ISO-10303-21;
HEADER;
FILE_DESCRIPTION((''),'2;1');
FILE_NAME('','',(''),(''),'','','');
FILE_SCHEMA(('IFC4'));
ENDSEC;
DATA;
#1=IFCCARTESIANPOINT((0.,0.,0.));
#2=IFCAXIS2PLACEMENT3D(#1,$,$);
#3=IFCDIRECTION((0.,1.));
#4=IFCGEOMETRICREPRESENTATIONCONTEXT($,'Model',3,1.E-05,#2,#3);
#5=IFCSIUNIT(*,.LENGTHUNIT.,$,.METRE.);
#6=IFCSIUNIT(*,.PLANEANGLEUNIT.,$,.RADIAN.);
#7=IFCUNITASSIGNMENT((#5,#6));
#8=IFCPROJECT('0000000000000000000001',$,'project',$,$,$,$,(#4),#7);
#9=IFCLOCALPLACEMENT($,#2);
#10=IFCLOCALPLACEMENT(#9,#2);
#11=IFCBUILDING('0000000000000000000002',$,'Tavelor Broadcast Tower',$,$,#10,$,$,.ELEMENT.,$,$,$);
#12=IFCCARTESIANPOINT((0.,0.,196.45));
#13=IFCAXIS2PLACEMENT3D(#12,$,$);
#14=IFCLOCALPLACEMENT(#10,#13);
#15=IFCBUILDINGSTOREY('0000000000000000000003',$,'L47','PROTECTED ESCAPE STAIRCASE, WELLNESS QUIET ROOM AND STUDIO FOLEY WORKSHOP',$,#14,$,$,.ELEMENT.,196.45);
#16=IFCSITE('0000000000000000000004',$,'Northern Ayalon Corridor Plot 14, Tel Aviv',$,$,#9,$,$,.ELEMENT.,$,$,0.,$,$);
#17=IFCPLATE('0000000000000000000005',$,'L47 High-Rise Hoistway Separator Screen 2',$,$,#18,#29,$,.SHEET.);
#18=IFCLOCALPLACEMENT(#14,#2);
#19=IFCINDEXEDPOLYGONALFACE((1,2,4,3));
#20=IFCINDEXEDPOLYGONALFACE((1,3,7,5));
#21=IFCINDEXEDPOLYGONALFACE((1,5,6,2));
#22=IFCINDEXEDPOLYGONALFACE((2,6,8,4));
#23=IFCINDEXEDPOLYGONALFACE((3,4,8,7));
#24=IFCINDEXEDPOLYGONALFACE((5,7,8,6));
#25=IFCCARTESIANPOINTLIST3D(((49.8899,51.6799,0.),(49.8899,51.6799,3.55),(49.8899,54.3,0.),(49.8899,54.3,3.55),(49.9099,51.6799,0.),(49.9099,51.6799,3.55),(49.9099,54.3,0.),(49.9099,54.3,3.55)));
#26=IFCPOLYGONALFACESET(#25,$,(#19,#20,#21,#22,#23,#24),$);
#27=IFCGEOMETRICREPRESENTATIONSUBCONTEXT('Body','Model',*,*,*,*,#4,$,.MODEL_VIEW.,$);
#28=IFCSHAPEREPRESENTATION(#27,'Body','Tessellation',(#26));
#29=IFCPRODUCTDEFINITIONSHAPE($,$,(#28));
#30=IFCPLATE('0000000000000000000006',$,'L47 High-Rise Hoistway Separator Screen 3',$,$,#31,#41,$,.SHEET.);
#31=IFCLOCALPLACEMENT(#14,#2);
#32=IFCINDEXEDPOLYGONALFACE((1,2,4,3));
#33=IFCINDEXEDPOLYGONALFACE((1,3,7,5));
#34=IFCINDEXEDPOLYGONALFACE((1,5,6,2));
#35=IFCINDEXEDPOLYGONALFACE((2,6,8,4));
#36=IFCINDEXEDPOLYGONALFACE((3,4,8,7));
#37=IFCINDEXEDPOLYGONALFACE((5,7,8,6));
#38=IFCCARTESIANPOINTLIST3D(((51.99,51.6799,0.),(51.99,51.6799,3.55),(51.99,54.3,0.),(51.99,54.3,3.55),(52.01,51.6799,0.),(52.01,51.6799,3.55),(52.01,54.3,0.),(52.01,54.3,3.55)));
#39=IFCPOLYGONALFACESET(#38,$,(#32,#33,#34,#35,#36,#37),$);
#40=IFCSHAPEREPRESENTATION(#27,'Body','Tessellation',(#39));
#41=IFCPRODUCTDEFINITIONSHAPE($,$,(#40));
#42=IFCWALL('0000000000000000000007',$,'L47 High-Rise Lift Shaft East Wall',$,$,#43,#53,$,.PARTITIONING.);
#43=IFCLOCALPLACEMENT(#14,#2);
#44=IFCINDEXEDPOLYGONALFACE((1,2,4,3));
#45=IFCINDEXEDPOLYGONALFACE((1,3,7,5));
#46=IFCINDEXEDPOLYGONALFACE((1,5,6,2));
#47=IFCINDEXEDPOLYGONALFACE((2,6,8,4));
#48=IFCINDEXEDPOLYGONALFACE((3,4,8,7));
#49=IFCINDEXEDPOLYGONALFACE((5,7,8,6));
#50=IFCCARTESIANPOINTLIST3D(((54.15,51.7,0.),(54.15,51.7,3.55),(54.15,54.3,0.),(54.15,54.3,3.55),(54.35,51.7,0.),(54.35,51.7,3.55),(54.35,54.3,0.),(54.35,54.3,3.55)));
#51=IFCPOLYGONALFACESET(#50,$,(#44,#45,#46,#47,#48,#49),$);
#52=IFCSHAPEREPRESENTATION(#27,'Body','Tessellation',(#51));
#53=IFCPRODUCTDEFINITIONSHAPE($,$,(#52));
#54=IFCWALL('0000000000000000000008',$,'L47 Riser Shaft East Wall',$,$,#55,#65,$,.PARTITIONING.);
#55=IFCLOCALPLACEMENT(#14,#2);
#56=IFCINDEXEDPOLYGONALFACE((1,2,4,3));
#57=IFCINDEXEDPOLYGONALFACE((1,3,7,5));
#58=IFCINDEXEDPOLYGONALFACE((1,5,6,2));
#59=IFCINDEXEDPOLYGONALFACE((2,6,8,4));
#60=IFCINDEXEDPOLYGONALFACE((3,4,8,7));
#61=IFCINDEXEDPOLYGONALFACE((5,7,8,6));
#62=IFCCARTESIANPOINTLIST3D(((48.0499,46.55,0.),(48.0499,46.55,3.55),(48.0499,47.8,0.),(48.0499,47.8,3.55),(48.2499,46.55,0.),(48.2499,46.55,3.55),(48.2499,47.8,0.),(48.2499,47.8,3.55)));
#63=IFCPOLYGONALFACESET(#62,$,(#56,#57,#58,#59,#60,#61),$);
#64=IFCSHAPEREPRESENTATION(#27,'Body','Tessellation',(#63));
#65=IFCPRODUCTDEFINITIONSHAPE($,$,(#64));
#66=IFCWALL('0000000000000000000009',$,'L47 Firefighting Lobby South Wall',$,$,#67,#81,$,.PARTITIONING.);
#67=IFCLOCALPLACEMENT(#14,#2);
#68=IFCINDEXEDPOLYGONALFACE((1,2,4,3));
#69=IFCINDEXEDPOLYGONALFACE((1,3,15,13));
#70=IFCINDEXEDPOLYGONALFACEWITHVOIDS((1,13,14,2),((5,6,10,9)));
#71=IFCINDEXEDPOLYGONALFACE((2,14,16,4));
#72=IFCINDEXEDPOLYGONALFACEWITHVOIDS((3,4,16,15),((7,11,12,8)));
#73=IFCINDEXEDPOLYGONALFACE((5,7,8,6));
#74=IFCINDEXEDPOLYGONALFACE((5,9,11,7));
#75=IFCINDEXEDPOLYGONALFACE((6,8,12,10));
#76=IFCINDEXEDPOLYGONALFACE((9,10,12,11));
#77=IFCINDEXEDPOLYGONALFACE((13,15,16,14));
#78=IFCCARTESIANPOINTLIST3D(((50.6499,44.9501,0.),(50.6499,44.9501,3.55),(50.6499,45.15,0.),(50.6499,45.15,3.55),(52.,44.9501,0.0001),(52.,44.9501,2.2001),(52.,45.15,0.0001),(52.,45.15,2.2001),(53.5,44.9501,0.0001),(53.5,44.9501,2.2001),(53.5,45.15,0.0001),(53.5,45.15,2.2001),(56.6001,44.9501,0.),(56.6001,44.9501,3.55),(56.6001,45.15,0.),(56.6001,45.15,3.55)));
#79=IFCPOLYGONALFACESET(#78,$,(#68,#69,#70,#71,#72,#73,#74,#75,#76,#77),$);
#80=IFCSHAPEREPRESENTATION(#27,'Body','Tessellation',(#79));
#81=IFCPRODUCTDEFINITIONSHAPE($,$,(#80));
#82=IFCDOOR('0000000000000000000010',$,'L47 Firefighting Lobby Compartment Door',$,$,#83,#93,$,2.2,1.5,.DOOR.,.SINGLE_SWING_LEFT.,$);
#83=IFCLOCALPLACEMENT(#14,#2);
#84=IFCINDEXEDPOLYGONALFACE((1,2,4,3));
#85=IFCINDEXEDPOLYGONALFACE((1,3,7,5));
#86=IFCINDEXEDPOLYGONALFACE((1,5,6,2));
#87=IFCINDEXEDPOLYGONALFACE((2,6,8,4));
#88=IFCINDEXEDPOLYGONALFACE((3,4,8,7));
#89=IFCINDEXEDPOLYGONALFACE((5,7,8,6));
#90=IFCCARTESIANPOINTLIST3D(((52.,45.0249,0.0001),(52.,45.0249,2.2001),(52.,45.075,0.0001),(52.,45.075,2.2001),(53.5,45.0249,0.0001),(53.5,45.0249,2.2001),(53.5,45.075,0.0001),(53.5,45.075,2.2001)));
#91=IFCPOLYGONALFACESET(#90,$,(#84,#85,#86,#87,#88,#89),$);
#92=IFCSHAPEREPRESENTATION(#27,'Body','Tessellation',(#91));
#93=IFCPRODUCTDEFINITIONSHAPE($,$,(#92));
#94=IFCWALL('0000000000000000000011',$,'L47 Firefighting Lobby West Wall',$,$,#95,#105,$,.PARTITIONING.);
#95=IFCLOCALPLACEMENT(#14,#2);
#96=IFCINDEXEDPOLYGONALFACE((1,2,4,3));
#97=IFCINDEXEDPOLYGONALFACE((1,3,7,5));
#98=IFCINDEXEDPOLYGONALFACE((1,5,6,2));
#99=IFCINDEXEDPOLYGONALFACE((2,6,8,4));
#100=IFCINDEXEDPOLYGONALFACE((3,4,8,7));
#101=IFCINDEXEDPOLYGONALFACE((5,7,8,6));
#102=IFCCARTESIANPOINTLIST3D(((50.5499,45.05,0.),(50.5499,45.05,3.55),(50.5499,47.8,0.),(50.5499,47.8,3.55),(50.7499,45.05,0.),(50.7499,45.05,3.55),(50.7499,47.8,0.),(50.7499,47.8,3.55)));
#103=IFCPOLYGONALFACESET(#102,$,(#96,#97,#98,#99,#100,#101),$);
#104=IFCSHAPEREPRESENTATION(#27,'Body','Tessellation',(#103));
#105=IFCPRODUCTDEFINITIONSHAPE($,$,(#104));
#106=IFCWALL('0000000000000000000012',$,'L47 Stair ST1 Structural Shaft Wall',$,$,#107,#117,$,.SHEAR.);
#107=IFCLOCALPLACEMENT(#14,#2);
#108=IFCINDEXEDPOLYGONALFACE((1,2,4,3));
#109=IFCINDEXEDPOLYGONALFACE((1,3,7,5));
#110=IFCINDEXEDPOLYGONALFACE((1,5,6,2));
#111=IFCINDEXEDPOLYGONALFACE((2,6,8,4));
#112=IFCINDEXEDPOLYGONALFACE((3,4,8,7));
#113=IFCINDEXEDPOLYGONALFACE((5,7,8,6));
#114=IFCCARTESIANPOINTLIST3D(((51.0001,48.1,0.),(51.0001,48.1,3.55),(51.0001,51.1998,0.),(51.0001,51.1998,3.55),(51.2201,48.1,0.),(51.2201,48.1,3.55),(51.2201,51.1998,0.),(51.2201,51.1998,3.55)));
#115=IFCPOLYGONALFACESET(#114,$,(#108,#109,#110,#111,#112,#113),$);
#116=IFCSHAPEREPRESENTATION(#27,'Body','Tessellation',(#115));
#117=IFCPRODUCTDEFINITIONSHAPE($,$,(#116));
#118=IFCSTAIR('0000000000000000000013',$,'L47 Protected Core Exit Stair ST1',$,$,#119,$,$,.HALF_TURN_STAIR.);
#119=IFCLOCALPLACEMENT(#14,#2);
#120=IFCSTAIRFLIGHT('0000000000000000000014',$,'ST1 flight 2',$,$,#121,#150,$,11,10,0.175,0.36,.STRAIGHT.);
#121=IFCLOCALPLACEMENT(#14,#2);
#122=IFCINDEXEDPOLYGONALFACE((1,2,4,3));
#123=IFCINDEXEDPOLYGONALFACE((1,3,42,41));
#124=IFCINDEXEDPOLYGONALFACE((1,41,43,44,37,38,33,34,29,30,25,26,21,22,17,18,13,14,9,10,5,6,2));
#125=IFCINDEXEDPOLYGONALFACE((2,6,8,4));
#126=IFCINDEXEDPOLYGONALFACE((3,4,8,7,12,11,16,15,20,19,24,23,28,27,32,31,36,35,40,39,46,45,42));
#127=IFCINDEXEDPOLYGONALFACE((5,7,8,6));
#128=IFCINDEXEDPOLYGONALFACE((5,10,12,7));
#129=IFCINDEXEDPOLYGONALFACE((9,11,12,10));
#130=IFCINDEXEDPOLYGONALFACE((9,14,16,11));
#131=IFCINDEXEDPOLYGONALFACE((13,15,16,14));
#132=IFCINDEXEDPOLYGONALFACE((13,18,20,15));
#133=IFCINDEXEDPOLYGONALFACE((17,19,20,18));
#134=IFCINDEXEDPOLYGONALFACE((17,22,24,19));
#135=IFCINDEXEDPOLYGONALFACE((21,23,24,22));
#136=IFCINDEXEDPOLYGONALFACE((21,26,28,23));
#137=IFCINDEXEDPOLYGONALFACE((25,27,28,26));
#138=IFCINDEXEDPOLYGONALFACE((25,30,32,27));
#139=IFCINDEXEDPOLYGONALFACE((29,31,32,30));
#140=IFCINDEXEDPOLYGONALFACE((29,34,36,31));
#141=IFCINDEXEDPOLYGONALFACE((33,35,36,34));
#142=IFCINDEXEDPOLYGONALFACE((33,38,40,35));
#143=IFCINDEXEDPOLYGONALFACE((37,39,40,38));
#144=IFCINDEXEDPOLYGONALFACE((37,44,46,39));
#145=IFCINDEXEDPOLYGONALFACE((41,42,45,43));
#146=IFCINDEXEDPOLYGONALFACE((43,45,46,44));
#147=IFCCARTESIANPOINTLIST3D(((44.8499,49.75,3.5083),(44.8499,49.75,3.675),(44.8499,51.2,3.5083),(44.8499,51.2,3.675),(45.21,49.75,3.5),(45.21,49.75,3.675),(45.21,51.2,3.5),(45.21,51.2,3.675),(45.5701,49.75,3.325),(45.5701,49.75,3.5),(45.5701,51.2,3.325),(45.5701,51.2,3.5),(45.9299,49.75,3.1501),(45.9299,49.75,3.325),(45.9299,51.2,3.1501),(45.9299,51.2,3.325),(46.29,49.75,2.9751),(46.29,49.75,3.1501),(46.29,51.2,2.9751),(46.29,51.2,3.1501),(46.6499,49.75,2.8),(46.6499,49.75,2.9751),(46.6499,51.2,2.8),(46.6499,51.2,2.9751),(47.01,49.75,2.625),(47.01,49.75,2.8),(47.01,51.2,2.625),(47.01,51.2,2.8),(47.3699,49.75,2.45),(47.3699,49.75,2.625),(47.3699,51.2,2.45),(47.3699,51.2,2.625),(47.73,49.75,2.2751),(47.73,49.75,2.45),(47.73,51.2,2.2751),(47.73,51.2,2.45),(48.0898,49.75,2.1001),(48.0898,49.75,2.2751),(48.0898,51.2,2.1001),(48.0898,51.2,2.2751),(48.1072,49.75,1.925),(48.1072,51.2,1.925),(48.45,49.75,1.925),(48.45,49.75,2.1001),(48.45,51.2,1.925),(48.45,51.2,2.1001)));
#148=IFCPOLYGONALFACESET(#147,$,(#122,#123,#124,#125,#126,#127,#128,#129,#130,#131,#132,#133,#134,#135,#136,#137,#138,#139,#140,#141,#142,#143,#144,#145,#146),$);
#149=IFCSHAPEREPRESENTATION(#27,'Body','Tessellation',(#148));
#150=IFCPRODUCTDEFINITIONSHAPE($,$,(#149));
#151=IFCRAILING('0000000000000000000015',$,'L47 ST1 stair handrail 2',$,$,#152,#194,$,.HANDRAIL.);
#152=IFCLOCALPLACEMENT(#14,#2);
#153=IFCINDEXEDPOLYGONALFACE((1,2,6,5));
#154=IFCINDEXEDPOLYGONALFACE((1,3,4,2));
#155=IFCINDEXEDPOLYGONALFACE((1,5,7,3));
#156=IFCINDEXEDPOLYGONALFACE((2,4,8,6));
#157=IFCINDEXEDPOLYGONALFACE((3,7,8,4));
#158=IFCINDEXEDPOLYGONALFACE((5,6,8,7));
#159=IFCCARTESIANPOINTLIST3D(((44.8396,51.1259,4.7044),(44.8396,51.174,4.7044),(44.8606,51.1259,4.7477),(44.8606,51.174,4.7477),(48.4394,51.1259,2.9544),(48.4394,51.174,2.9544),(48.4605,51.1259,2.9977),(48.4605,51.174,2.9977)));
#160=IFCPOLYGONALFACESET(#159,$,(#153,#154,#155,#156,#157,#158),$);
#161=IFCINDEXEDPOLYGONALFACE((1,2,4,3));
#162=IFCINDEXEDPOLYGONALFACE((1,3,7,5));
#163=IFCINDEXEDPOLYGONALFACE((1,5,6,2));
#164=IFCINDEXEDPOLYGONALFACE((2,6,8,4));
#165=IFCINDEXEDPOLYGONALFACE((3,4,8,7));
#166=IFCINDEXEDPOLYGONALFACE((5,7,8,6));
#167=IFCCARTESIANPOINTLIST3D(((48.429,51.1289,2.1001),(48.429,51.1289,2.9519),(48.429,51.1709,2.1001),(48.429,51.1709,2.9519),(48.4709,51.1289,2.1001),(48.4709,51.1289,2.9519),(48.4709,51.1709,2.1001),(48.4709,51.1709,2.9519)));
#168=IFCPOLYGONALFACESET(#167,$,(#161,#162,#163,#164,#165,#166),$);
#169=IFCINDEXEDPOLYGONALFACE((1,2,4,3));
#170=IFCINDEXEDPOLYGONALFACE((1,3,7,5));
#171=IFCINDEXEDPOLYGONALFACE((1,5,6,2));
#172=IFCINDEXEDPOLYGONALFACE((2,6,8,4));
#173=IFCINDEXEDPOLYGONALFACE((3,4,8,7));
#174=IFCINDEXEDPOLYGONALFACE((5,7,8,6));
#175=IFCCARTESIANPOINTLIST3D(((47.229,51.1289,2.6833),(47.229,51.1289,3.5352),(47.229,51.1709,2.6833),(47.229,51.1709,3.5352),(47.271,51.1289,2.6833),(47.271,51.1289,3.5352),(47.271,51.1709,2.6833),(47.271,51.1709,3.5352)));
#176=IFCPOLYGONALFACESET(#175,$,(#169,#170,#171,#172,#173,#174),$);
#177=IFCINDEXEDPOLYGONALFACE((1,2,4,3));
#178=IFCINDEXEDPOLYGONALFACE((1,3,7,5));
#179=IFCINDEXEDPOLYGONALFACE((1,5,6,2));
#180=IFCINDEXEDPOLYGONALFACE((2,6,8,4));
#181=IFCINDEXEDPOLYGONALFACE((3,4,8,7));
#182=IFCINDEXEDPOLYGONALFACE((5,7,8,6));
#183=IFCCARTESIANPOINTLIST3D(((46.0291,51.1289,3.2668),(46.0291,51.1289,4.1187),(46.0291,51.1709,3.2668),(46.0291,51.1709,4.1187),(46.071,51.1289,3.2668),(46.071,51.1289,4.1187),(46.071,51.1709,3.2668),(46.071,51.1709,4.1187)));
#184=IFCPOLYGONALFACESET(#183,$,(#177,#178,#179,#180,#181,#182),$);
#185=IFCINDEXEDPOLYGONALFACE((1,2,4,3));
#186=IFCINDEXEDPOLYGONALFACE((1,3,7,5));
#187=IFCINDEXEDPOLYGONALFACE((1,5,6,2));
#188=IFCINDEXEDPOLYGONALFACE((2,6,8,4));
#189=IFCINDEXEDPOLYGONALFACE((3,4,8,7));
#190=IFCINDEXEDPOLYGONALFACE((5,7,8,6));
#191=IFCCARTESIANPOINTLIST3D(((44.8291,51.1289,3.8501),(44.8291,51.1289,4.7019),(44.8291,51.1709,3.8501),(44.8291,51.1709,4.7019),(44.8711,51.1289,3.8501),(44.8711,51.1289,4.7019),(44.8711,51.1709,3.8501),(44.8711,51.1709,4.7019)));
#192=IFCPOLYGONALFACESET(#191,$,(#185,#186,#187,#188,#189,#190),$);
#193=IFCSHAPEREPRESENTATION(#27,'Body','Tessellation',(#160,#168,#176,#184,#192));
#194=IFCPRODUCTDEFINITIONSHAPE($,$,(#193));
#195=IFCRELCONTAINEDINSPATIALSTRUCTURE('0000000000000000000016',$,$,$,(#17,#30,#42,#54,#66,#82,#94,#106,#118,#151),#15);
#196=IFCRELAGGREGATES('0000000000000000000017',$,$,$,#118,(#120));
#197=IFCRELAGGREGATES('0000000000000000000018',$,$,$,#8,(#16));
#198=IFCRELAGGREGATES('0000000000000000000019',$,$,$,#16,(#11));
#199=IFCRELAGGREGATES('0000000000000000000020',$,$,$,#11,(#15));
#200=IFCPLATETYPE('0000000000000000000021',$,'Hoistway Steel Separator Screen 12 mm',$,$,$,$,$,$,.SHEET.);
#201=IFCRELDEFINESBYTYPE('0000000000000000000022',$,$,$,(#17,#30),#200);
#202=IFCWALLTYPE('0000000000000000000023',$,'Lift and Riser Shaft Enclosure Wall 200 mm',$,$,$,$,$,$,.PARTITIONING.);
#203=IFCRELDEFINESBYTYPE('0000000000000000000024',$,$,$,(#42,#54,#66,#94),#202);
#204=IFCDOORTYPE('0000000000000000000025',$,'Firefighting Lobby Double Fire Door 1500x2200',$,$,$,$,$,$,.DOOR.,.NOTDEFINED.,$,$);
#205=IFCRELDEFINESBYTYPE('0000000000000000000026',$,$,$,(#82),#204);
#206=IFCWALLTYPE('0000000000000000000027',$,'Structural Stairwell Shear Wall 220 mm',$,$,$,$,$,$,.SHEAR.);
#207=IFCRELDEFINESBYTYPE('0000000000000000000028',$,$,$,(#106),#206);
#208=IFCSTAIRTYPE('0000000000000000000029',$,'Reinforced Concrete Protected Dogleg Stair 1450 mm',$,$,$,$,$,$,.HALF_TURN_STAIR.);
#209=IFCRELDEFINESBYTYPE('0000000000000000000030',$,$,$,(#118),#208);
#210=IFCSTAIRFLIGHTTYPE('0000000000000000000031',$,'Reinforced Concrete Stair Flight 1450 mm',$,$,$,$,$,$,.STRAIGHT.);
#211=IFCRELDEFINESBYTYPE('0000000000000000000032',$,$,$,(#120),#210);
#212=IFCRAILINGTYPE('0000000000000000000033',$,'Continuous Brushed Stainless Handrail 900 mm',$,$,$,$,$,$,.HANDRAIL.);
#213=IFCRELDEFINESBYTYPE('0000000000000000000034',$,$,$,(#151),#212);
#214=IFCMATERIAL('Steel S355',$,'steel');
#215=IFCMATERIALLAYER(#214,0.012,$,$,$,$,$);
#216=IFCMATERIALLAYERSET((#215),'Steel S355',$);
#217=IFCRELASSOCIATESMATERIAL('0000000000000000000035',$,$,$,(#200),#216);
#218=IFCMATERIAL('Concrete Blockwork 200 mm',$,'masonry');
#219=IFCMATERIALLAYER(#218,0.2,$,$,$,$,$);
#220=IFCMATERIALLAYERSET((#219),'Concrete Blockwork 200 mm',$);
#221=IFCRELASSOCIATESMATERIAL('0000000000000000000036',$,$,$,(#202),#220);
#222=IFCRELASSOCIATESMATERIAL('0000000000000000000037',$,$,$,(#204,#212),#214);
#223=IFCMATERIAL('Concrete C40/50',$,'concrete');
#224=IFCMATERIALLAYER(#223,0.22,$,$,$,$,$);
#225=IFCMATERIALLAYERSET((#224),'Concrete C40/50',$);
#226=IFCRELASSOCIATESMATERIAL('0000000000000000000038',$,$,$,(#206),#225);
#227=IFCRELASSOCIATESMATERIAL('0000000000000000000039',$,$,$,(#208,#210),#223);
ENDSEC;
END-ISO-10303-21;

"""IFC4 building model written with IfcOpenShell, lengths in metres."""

from ifc_helpers import new_model, si_unit, direction, frame, frame_2d, origin, origin_2d, place, context, subcontext, project, spatial, polyline, rectangle, outline, extrude, source, transform, mapped, material, layer, layer_set, type_object, type_shapes, element, fill, aggregate, save


model = new_model("IFC4")

# Units and contexts
model_context = context("Model", 3, precision=1e-05, world=origin(), true_north=direction((0.0, 1.0)))
body_context = subcontext(model_context, "Body", "Model", "MODEL_VIEW")
ifc_project = project(units=[si_unit("LENGTHUNIT", "METRE"), si_unit("PLANEANGLEUNIT", "RADIAN")], contexts=[model_context])

# Site, building, storey
site_placement = place(None, origin())
site = spatial("IfcSite", under=ifc_project, at=site_placement, Name="Northern Ayalon Corridor Plot 14, Tel Aviv", CompositionType="ELEMENT", RefElevation=0.0)
building_placement = place(site_placement, origin())
building = spatial("IfcBuilding", under=site, at=building_placement, Name="Tavelor Broadcast Tower", CompositionType="ELEMENT")
storey_placement = place(building_placement, frame((0.0, 0.0, 196.45)))
storey = spatial("IfcBuildingStorey", under=building, at=storey_placement, Name="L47", Description="PROTECTED ESCAPE STAIRCASE, WELLNESS QUIET ROOM AND STUDIO FOLEY WORKSHOP", CompositionType="ELEMENT", Elevation=196.45)

# Shared definitions
ifc_material_1 = material(Name="Concrete C40/50", Category="concrete")
ifc_material_2 = material(Name="Steel S355", Category="steel")

# Plates
ifc_layer_1 = layer(ifc_material_2, 0.012)
ifc_layer_set_1 = layer_set([ifc_layer_1], Name="Steel S355")
plate_type = type_object("IfcPlateType", Name="Hoistway Steel Separator Screen 12 mm", PredefinedType="SHEET", material=ifc_layer_set_1)
shared_shape = source(origin(), body_context, "Body", "SweptSolid", [
    extrude(rectangle(XDim=0.02, YDim=2.6201, at=origin_2d()), origin(), (0.0, 0.0, 1.0), 3.55),
])
type_shapes(plate_type, [shared_shape])
for number, where, z_axis, x_axis, name in (
    (1, (49.8999, 52.99, 0.0), (0.0, 0.0, 1.0), (1.0, 0.0, 0.0), "L47 High-Rise Hoistway Separator Screen 2"),
    (2, (52.0, 52.99, 0.0), (0.0, 0.0, 1.0), (1.0, 0.0, 0.0), "L47 High-Rise Hoistway Separator Screen 3"),
):
    element("IfcPlate", number, at=place(storey_placement, frame(where, z_axis=z_axis, x_axis=x_axis)), inside=storey, type_object=plate_type, Name=name, PredefinedType="SHEET", context=body_context, shape_type="MappedRepresentation", body=[
        mapped(shared_shape, transform((0.0, 0.0, 0.0), scale=1.0)),
    ])

# Walls
ifc_material_3 = material(Name="Concrete Blockwork 200 mm", Category="masonry")
ifc_layer_2 = layer(ifc_material_3, 0.2)
ifc_layer_set_2 = layer_set([ifc_layer_2], Name="Concrete Blockwork 200 mm")
wall_type_1 = type_object("IfcWallType", Name="Lift and Riser Shaft Enclosure Wall 200 mm", PredefinedType="PARTITIONING", material=ifc_layer_set_2)
wall_1_placement = place(storey_placement, frame((54.25, 51.7, 0.0), z_axis=(0.0, 0.0, 1.0), x_axis=(0.0, 1.0, 0.0)))
element("IfcWall", 3, at=wall_1_placement, inside=storey, type_object=wall_type_1, Name="L47 High-Rise Lift Shaft East Wall", PredefinedType="PARTITIONING", context=body_context, shape_type="SweptSolid", body=[
    extrude(rectangle(XDim=2.6001, YDim=0.2, at=frame_2d((1.3, 0.0))), origin(), (0.0, 0.0, 1.0), 3.55),
])
wall_2_placement = place(storey_placement, frame((48.1499, 46.55, 0.0), z_axis=(0.0, 0.0, 1.0), x_axis=(0.0, 1.0, 0.0)))
element("IfcWall", 4, at=wall_2_placement, inside=storey, type_object=wall_type_1, Name="L47 Riser Shaft East Wall", PredefinedType="PARTITIONING", context=body_context, shape_type="SweptSolid", body=[
    extrude(rectangle(XDim=1.25, YDim=0.2, at=frame_2d((0.625, 0.0))), origin(), (0.0, 0.0, 1.0), 3.55),
])

# Wall, opening, door
wall_3_placement = place(storey_placement, frame((50.6499, 45.05, 0.0), z_axis=(0.0, 0.0, 1.0), x_axis=(1.0, 0.0, 0.0)))
wall_3 = element("IfcWall", 5, at=wall_3_placement, inside=storey, type_object=wall_type_1, Name="L47 Firefighting Lobby South Wall", PredefinedType="PARTITIONING", context=body_context, shape_type="SweptSolid", body=[
    extrude(rectangle(XDim=5.9502, YDim=0.2, at=frame_2d((2.9751, 0.0))), origin(), (0.0, 0.0, 1.0), 3.55),
])
opening_placement = place(wall_3_placement, frame((1.3501, 0.0, 0.0)))
opening = element("IfcOpeningElement", 6, at=opening_placement, cuts=wall_3, PredefinedType="OPENING", context=body_context, shape_type="SweptSolid", body=[
    extrude(rectangle(XDim=1.5, YDim=2.2, at=frame_2d((0.75, 1.1001))), frame((0.0, 0.1099, 0.0), z_axis=(0.0, -1.0, 0.0), x_axis=(1.0, 0.0, 0.0)), (0.0, 0.0, 1.0), 0.22),
])
door_type = type_object("IfcDoorType", Name="Firefighting Lobby Double Fire Door 1500x2200", OperationType="NOTDEFINED", PredefinedType="DOOR", material=ifc_material_2)
door_placement = place(opening_placement, origin())
door = element("IfcDoor", 7, at=door_placement, inside=storey, type_object=door_type, Name="L47 Firefighting Lobby Compartment Door", OperationType="SINGLE_SWING_LEFT", OverallHeight=2.2, OverallWidth=1.5, PredefinedType="DOOR", context=body_context, shape_type="SweptSolid", body=[
    extrude(rectangle(XDim=1.5, YDim=2.2, at=frame_2d((0.75, 1.1001))), frame((0.0, 0.0249, 0.0), z_axis=(0.0, -1.0, 0.0), x_axis=(1.0, 0.0, 0.0)), (0.0, 0.0, 1.0), 0.05),
])
fill(opening, door)

# Walls
wall_4_placement = place(storey_placement, frame((50.6499, 45.05, 0.0), z_axis=(0.0, 0.0, 1.0), x_axis=(0.0, 1.0, 0.0)))
element("IfcWall", 8, at=wall_4_placement, inside=storey, type_object=wall_type_1, Name="L47 Firefighting Lobby West Wall", PredefinedType="PARTITIONING", context=body_context, shape_type="SweptSolid", body=[
    extrude(rectangle(XDim=2.75, YDim=0.2, at=frame_2d((1.375, 0.0))), origin(), (0.0, 0.0, 1.0), 3.55),
])
ifc_layer_3 = layer(ifc_material_1, 0.22)
ifc_layer_set_3 = layer_set([ifc_layer_3], Name="Concrete C40/50")
wall_type_2 = type_object("IfcWallType", Name="Structural Stairwell Shear Wall 220 mm", PredefinedType="SHEAR", material=ifc_layer_set_3)
wall_5_placement = place(storey_placement, frame((51.1101, 48.1001, 0.0), z_axis=(0.0, 0.0, 1.0), x_axis=(0.0, 1.0, 0.0)))
element("IfcWall", 9, at=wall_5_placement, inside=storey, type_object=wall_type_2, Name="L47 Stair ST1 Structural Shaft Wall", PredefinedType="SHEAR", context=body_context, shape_type="SweptSolid", body=[
    extrude(rectangle(XDim=3.0999, YDim=0.22, at=frame_2d((1.5498, 0.0))), origin(), (0.0, 0.0, 1.0), 3.55),
])

# Stair, stair flight
stair_type = type_object("IfcStairType", Name="Reinforced Concrete Protected Dogleg Stair 1450 mm", PredefinedType="HALF_TURN_STAIR", material=ifc_material_1)
stair_placement = place(storey_placement, origin())
stair = element("IfcStair", 10, at=stair_placement, inside=storey, type_object=stair_type, Name="L47 Protected Core Exit Stair ST1", PredefinedType="HALF_TURN_STAIR")
stair_flight_type = type_object("IfcStairFlightType", Name="Reinforced Concrete Stair Flight 1450 mm", PredefinedType="STRAIGHT", material=ifc_material_1)
stair_flight_placement = place(storey_placement, frame((48.45, 50.4751, 1.925), z_axis=(0.0, 0.0, 1.0), x_axis=(-1.0, 0.0, 0.0)))
stair_flight = element("IfcStairFlight", 11, at=stair_flight_placement, type_object=stair_flight_type, Name="ST1 flight 2", NumberOfRisers=11, NumberOfTreads=10, PredefinedType="STRAIGHT", RiserHeight=0.175, TreadLength=0.36, context=body_context, shape_type="SweptSolid", body=[
    extrude(outline(polyline([(0.0, 0.0), (0.0, 0.175), (0.3601, 0.175), (0.3601, 0.3501), (0.72, 0.3501), (0.72, 0.5249), (1.0801, 0.5249), (1.0801, 0.7), (1.4399, 0.7), (1.4399, 0.875), (1.8, 0.875), (1.8, 1.05), (2.1599, 1.05), (2.1599, 1.2251), (2.52, 1.2251), (2.52, 1.3999), (2.8799, 1.3999), (2.8799, 1.575), (3.24, 1.575), (3.24, 1.75), (3.6001, 1.75), (3.6001, 1.925), (3.6001, 1.5833), (0.3428, 0.0), (0.0, 0.0)])), frame((0.0, 0.7251, 0.0), z_axis=(0.0, -1.0, 0.0), x_axis=(1.0, 0.0, 0.0)), (0.0, 0.0, 1.0), 1.45),
])
aggregate(stair, [stair_flight])

# Railing
railing_type_1 = type_object("IfcRailingType", Name="Continuous Brushed Stainless Handrail 900 mm", PredefinedType="HANDRAIL", material=ifc_material_2)
railing_1_placement = place(storey_placement, frame((48.45, 51.1499, 2.1001)))
element("IfcRailing", 12, at=railing_1_placement, inside=storey, type_object=railing_type_1, Name="L47 ST1 stair handrail 2", PredefinedType="HANDRAIL", context=body_context, shape_type="SweptSolid", body=[
    extrude(rectangle(XDim=0.0481, YDim=0.0481, at=origin_2d()), frame((0.0, 0.0, 0.876), z_axis=(-0.899361, 0.0, 0.437207), x_axis=(0.0, -1.0, 0.0)), (0.0, 0.0, 1.0), 4.0027),
    extrude(rectangle(XDim=0.042, YDim=0.042, at=origin_2d()), origin(), (0.0, 0.0, 1.0), 0.8518),
    extrude(rectangle(XDim=0.042, YDim=0.042, at=origin_2d()), frame((-1.2, 0.0, 0.5833)), (0.0, 0.0, 1.0), 0.8518),
    extrude(rectangle(XDim=0.042, YDim=0.042, at=origin_2d()), frame((-2.3999, 0.0, 1.1667)), (0.0, 0.0, 1.0), 0.8518),
    extrude(rectangle(XDim=0.042, YDim=0.042, at=origin_2d()), frame((-3.5999, 0.0, 1.75)), (0.0, 0.0, 1.0), 0.8518),
])

save(model, "model.ifc")
